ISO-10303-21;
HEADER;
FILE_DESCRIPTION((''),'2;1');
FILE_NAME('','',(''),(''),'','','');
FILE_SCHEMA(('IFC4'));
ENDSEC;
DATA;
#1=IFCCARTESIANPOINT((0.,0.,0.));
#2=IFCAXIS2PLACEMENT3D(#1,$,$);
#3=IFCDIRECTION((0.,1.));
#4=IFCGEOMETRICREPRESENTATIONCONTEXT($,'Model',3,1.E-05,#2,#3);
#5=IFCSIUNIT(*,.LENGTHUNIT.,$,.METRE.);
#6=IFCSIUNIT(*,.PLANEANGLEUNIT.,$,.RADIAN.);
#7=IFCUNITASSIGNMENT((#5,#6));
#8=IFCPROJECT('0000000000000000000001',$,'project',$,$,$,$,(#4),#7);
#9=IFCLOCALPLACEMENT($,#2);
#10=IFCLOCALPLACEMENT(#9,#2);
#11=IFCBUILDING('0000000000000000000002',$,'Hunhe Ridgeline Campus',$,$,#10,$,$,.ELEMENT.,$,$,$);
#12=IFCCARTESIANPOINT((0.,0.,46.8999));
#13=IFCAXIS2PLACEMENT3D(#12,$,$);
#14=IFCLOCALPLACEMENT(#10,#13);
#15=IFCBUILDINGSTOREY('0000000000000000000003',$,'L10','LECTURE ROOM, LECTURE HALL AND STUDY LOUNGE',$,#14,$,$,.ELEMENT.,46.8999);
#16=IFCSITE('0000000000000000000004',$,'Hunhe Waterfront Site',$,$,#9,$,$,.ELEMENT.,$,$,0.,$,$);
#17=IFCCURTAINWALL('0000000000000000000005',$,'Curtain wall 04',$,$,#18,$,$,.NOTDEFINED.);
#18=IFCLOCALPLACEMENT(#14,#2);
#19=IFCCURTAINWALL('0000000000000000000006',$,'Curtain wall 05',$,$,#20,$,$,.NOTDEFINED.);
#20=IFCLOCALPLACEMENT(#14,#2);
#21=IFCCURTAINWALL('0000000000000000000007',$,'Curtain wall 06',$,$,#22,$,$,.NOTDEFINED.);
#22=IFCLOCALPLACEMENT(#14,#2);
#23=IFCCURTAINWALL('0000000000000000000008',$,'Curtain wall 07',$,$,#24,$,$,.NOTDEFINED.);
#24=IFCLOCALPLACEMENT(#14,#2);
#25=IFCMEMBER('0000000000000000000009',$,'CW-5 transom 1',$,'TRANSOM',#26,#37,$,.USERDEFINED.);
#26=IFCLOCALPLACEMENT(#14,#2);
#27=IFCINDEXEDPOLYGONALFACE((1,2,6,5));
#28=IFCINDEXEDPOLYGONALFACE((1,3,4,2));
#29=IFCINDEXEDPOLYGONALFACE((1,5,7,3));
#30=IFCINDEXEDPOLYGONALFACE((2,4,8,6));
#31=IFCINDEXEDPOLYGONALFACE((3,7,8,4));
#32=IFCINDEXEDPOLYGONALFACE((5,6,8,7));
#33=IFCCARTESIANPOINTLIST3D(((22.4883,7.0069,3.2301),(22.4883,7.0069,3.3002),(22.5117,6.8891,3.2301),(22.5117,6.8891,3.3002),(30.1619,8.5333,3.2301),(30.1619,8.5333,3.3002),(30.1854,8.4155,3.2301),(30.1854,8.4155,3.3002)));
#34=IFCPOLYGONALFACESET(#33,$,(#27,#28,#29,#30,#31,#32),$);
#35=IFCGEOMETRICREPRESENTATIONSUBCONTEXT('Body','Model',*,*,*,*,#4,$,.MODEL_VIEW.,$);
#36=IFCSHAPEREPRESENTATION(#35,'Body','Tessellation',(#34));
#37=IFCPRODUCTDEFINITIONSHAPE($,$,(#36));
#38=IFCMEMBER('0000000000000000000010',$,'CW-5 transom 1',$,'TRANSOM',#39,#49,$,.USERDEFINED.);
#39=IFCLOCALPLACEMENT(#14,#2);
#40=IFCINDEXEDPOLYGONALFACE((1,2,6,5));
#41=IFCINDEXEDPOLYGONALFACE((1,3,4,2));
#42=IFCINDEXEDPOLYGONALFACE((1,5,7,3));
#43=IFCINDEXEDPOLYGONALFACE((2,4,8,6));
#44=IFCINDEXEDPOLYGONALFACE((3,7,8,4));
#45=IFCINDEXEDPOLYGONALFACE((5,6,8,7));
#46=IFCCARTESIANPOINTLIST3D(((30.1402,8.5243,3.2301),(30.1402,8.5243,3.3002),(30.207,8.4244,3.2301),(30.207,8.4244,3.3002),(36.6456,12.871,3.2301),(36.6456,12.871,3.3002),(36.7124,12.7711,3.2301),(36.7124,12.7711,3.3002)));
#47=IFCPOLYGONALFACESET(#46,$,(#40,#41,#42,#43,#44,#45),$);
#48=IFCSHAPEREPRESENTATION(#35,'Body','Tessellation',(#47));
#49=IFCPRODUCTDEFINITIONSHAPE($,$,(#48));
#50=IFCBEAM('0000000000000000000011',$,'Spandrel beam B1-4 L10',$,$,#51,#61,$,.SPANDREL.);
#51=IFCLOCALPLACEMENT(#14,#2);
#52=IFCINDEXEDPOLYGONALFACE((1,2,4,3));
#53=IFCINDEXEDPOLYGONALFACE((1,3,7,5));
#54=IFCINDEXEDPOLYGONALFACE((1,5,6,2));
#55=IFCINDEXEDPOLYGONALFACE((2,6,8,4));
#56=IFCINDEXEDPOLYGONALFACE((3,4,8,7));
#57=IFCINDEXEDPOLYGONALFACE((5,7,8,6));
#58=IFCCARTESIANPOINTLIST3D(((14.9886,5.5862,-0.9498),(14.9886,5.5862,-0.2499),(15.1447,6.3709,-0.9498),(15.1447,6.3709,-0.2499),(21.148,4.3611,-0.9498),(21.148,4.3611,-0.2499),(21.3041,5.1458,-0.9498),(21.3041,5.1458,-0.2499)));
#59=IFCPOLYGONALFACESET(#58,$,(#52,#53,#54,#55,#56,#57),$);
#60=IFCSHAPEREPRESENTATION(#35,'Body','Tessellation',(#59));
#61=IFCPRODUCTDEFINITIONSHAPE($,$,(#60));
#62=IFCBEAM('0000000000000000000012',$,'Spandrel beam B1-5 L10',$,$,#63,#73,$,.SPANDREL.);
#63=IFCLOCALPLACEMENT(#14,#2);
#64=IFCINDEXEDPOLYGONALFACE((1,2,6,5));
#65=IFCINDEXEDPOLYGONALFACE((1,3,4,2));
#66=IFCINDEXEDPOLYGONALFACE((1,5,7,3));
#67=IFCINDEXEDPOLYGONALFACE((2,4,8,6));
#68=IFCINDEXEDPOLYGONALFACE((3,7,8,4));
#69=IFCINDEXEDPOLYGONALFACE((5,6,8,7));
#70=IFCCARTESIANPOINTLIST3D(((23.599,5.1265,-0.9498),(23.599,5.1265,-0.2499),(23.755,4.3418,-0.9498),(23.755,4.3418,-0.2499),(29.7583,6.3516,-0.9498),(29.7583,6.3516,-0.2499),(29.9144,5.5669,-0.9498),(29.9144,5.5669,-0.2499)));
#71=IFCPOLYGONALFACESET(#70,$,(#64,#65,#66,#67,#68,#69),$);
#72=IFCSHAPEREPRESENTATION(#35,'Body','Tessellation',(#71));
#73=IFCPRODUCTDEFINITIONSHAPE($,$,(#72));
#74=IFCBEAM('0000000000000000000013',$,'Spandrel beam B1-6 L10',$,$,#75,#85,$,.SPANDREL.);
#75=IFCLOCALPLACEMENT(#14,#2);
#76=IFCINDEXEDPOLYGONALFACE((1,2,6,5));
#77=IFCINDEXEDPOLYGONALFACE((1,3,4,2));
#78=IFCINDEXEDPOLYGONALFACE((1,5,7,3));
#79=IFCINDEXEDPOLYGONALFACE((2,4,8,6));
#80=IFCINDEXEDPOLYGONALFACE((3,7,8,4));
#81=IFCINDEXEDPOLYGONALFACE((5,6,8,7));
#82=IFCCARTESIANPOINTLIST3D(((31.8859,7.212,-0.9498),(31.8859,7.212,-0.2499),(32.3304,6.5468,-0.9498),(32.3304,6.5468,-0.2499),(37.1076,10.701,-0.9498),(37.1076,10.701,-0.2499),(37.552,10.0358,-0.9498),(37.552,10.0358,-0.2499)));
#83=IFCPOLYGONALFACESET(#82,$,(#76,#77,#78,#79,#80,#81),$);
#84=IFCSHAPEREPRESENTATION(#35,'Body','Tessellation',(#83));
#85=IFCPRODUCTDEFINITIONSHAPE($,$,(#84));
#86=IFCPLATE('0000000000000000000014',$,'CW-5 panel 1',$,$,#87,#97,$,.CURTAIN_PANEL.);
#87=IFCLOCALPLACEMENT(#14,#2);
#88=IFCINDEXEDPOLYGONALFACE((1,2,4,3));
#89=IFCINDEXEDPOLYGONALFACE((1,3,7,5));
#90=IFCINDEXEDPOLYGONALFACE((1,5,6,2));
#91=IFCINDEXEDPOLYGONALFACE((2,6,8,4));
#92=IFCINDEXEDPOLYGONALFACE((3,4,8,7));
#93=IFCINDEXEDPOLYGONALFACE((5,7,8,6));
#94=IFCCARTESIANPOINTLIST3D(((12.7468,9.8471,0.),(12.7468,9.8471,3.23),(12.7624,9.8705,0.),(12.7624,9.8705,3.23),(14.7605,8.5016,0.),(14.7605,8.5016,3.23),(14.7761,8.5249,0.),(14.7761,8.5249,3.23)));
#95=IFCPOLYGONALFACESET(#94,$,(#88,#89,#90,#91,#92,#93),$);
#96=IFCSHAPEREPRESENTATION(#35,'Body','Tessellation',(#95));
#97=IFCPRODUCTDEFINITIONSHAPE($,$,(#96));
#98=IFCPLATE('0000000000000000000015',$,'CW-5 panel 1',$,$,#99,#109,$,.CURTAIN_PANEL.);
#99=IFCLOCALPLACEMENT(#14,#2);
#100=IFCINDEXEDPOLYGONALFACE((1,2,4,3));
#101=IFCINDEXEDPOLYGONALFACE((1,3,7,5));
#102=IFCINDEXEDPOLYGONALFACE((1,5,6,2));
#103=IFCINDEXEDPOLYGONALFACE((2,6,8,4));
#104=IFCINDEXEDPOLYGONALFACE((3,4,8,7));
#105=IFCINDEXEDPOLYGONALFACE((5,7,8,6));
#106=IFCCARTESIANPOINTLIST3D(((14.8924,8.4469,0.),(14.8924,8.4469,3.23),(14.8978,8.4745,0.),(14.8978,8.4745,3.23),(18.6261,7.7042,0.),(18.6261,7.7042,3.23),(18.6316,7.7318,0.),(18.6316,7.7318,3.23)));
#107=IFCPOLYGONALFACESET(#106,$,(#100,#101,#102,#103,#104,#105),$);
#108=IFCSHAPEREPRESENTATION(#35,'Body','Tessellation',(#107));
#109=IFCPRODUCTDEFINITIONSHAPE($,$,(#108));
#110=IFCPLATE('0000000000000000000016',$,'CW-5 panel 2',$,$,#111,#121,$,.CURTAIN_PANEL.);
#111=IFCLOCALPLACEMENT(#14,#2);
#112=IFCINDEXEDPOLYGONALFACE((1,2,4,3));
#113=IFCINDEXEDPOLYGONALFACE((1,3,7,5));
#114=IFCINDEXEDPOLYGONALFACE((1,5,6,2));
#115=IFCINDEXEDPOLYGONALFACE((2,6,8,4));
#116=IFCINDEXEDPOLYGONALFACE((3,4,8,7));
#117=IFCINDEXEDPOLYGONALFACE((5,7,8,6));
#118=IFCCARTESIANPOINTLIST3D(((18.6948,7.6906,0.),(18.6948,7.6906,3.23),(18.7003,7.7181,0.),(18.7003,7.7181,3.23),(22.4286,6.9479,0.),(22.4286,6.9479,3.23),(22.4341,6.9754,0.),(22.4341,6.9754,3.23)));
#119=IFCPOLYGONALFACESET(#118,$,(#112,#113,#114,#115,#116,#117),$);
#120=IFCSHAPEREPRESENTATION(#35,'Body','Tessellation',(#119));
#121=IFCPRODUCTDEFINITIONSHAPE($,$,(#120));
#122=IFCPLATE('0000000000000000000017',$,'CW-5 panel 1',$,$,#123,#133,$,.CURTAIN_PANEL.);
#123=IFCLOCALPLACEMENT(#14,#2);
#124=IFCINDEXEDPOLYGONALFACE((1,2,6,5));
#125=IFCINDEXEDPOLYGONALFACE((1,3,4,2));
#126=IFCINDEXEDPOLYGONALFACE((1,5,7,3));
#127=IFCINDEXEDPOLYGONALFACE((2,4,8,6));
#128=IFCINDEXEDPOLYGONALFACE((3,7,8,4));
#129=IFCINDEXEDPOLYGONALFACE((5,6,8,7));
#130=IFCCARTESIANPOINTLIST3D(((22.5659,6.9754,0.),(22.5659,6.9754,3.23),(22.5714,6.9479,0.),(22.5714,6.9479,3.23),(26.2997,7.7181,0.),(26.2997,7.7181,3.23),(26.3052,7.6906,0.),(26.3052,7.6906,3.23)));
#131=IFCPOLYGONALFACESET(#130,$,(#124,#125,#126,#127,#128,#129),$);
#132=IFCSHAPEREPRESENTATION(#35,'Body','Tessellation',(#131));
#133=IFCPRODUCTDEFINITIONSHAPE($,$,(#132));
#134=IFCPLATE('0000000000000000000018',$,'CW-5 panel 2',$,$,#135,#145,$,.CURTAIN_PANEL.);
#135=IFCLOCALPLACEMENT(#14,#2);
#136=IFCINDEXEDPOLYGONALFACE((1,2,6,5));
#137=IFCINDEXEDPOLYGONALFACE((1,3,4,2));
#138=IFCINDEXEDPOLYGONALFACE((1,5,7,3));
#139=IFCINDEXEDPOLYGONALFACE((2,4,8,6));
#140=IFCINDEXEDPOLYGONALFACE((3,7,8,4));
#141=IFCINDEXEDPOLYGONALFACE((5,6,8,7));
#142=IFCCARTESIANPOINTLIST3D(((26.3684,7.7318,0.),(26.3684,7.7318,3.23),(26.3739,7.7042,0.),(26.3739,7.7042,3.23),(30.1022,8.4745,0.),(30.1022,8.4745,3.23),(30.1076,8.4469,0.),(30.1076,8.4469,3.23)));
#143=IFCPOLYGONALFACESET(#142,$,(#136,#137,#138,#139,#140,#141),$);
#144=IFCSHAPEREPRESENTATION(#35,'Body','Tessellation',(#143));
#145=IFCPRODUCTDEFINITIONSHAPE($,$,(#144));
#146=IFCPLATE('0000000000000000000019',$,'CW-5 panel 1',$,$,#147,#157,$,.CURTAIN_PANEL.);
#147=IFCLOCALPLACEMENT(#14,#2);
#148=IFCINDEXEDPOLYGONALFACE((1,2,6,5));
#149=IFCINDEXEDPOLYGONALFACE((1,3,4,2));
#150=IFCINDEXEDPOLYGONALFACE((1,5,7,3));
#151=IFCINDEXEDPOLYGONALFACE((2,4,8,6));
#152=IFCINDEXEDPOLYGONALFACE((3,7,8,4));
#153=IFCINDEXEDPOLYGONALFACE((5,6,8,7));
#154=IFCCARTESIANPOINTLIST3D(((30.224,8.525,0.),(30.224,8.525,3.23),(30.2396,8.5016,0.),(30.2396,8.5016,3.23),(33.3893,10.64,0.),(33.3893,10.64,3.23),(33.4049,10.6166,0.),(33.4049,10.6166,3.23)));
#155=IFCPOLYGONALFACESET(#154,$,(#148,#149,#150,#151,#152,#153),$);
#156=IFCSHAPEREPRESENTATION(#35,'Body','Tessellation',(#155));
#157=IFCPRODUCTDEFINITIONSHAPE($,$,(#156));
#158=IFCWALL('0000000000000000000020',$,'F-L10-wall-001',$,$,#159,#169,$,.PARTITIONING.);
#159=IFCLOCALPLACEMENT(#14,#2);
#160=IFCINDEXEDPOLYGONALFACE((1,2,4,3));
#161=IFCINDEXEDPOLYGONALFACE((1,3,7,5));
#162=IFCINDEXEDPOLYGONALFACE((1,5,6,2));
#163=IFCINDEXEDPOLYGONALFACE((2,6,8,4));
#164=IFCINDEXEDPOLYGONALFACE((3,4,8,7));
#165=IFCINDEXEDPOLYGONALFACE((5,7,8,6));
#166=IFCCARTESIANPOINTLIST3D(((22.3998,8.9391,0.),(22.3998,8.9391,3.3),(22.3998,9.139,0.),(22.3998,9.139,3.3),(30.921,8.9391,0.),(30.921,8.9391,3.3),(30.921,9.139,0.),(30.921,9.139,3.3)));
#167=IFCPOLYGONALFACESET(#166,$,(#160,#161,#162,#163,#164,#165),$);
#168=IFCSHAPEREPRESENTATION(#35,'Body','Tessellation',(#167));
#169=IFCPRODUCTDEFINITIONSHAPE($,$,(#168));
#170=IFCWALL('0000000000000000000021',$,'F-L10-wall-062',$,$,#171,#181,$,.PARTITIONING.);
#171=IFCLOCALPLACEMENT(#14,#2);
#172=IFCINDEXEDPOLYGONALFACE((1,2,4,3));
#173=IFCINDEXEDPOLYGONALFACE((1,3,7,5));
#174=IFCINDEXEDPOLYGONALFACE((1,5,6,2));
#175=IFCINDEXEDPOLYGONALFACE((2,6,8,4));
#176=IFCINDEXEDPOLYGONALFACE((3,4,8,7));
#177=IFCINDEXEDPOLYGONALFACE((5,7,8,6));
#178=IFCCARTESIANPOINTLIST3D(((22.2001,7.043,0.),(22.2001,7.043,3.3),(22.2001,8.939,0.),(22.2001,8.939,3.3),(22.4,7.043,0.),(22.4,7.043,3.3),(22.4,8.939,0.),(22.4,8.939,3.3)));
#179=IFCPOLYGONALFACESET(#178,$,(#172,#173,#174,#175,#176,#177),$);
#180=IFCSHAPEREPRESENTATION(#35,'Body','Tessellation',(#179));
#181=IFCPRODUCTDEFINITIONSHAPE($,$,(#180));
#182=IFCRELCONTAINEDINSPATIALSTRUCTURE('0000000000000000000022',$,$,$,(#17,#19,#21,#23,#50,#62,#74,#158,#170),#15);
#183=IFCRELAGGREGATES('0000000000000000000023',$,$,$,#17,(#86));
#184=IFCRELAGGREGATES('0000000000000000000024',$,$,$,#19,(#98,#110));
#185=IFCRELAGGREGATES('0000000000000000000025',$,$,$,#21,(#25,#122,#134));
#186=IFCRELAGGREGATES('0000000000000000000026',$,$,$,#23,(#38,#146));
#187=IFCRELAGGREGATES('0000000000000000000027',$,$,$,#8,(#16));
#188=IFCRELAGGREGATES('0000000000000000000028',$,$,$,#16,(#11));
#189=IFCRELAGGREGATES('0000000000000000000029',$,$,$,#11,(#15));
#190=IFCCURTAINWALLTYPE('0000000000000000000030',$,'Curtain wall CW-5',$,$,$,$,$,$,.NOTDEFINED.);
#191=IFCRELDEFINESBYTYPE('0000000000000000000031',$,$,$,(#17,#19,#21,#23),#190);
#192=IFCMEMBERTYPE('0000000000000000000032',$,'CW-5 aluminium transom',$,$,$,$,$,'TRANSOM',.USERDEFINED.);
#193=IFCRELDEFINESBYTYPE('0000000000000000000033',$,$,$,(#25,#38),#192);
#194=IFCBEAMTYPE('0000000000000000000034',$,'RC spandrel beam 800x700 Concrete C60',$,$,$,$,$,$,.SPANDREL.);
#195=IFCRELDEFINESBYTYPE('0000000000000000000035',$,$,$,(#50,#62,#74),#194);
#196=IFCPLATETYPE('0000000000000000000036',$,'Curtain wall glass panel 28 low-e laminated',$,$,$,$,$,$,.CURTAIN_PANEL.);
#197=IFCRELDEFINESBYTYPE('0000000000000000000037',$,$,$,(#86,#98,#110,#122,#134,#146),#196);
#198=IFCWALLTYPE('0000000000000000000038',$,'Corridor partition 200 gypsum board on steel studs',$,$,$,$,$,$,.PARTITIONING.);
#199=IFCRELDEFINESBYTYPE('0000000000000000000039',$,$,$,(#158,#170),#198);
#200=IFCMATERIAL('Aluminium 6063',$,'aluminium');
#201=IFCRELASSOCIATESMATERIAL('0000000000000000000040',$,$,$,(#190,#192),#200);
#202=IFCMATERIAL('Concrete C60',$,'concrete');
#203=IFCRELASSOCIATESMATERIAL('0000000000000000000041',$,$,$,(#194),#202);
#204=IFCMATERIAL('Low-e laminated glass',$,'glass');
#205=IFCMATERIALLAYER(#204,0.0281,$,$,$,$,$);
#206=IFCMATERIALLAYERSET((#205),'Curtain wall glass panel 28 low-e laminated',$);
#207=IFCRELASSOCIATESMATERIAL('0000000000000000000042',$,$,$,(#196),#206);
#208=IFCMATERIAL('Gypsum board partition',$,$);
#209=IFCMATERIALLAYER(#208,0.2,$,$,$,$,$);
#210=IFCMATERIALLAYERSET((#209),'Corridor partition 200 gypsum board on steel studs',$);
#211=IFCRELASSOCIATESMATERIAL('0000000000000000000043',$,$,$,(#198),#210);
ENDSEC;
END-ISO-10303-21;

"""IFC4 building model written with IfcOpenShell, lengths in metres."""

from ifc_helpers import new_model, si_unit, direction, frame, frame_2d, origin, origin_2d, place, context, subcontext, project, spatial, rectangle, extrude, material, layer, layer_set, material_profile, profile_set, type_object, element, aggregate, save


model = new_model("IFC4")

# Units and contexts
model_context = context("Model", 3, precision=1e-05, world=origin(), true_north=direction((0.0, 1.0)))
body_context = subcontext(model_context, "Body", "Model", "MODEL_VIEW")
ifc_project = project(units=[si_unit("LENGTHUNIT", "METRE"), si_unit("PLANEANGLEUNIT", "RADIAN")], contexts=[model_context])

# Site, building, storey
site_placement = place(None, origin())
site = spatial("IfcSite", under=ifc_project, at=site_placement, Name="Hunhe Waterfront Site", CompositionType="ELEMENT", RefElevation=0.0)
building_placement = place(site_placement, origin())
building = spatial("IfcBuilding", under=site, at=building_placement, Name="Hunhe Ridgeline Campus", CompositionType="ELEMENT")
storey_placement = place(building_placement, frame((0.0, 0.0, 46.8999)))
storey = spatial("IfcBuildingStorey", under=building, at=storey_placement, Name="L10", Description="LECTURE ROOM, LECTURE HALL AND STUDY LOUNGE", CompositionType="ELEMENT", Elevation=46.8999)

# Curtain walls
ifc_material_1 = material(Name="Aluminium 6063", Category="aluminium")
curtain_wall_type = type_object("IfcCurtainWallType", Name="Curtain wall CW-5", PredefinedType="NOTDEFINED", material=ifc_material_1)
curtain_wall_1_placement = place(storey_placement, origin())
curtain_wall_1 = element("IfcCurtainWall", 1, at=curtain_wall_1_placement, inside=storey, type_object=curtain_wall_type, Name="Curtain wall 04", PredefinedType="NOTDEFINED")
curtain_wall_2_placement = place(storey_placement, origin())
curtain_wall_2 = element("IfcCurtainWall", 2, at=curtain_wall_2_placement, inside=storey, type_object=curtain_wall_type, Name="Curtain wall 05", PredefinedType="NOTDEFINED")
curtain_wall_3_placement = place(storey_placement, origin())
curtain_wall_3 = element("IfcCurtainWall", 3, at=curtain_wall_3_placement, inside=storey, type_object=curtain_wall_type, Name="Curtain wall 06", PredefinedType="NOTDEFINED")
curtain_wall_4_placement = place(storey_placement, origin())
curtain_wall_4 = element("IfcCurtainWall", 4, at=curtain_wall_4_placement, inside=storey, type_object=curtain_wall_type, Name="Curtain wall 07", PredefinedType="NOTDEFINED")

# Members
ifc_material_profile_1 = material_profile(ifc_material_1, rectangle(XDim=0.1201, YDim=0.0701, at=origin_2d()))
ifc_profile_set_1 = profile_set([ifc_material_profile_1], Name="Aluminium 6063")
member_type_1 = type_object("IfcMemberType", Name="CW-5 aluminium transom", ElementType="TRANSOM", PredefinedType="USERDEFINED", material=ifc_profile_set_1)
member_1_placement = place(storey_placement, frame((22.5, 6.948, 3.2651), z_axis=(0.980785, 0.19509, 0.0), x_axis=(-0.19509, 0.980785, 0.0)))
member_1 = element("IfcMember", 5, at=member_1_placement, type_object=member_type_1, Name="CW-5 transom 1", ObjectType="TRANSOM", PredefinedType="USERDEFINED", context=body_context, shape_type="SweptSolid", body=[
    extrude(rectangle(XDim=0.1201, YDim=0.0701, at=origin_2d()), origin(), (0.0, 0.0, 1.0), 7.824),
])
member_2_placement = place(storey_placement, frame((30.1736, 8.4744, 3.2651), z_axis=(0.831474, 0.555564, 0.0), x_axis=(-0.555564, 0.831474, 0.0)))
member_2 = element("IfcMember", 6, at=member_2_placement, type_object=member_type_1, Name="CW-5 transom 1", ObjectType="TRANSOM", PredefinedType="USERDEFINED", context=body_context, shape_type="SweptSolid", body=[
    extrude(rectangle(XDim=0.1201, YDim=0.0701, at=origin_2d()), origin(), (0.0, 0.0, 1.0), 7.824),
])

# Beams
ifc_material_2 = material(Name="Concrete C60", Category="concrete")
ifc_material_profile_2 = material_profile(ifc_material_2, rectangle(XDim=0.8, YDim=0.7, at=origin_2d()))
ifc_profile_set_2 = profile_set([ifc_material_profile_2], Name="Concrete C60")
beam_type = type_object("IfcBeamType", Name="RC spandrel beam 800x700 Concrete C60", PredefinedType="SPANDREL", material=ifc_profile_set_2)
for number, where, z_axis, x_axis, name in (
    (7, (15.0667, 5.9785, -0.5999), (0.980788, -0.195077, 0.0), (0.195077, 0.980788, 0.0), "Spandrel beam B1-4 L10"),
    (8, (23.677, 4.7341, -0.5999), (0.980788, 0.195077, 0.0), (-0.195077, 0.980788, 0.0), "Spandrel beam B1-5 L10"),
    (9, (32.1082, 6.8794, -0.5999), (0.83147, 0.55557, 0.0), (-0.55557, 0.83147, 0.0), "Spandrel beam B1-6 L10"),
):
    element("IfcBeam", number, at=place(storey_placement, frame(where, z_axis=z_axis, x_axis=x_axis)), inside=storey, type_object=beam_type, Name=name, PredefinedType="SPANDREL", context=body_context, shape_type="SweptSolid", body=[
        extrude(rectangle(XDim=0.8, YDim=0.7, at=origin_2d()), origin(), (0.0, 0.0, 1.0), 6.28),
    ])

# Plates
ifc_material_3 = material(Name="Low-e laminated glass", Category="glass")
ifc_layer_1 = layer(ifc_material_3, 0.0281)
ifc_layer_set_1 = layer_set([ifc_layer_1], Name="Curtain wall glass panel 28 low-e laminated")
plate_type = type_object("IfcPlateType", Name="Curtain wall glass panel 28 low-e laminated", PredefinedType="CURTAIN_PANEL", material=ifc_layer_set_1)
plate_1_placement = place(storey_placement, frame((13.7615, 9.186, 0.0), z_axis=(0.0, 0.0, 1.0), x_axis=(0.83147, -0.55557, 0.0)))
plate_1 = element("IfcPlate", 10, at=plate_1_placement, type_object=plate_type, Name="CW-5 panel 1", PredefinedType="CURTAIN_PANEL", context=body_context, shape_type="SweptSolid", body=[
    extrude(rectangle(XDim=2.4219, YDim=0.0281, at=origin_2d()), origin(), (0.0, 0.0, 1.0), 3.23),
])
aggregate(curtain_wall_1, [plate_1])
plate_2_placement = place(storey_placement, frame((16.762, 8.0894, 0.0), z_axis=(0.0, 0.0, 1.0), x_axis=(0.980785, -0.19509, 0.0)))
plate_2 = element("IfcPlate", 11, at=plate_2_placement, type_object=plate_type, Name="CW-5 panel 1", PredefinedType="CURTAIN_PANEL", context=body_context, shape_type="SweptSolid", body=[
    extrude(rectangle(XDim=3.8069, YDim=0.0281, at=origin_2d()), origin(), (0.0, 0.0, 1.0), 3.23),
])
plate_3_placement = place(storey_placement, frame((20.5645, 7.333, 0.0), z_axis=(0.0, 0.0, 1.0), x_axis=(0.980785, -0.19509, 0.0)))
plate_3 = element("IfcPlate", 12, at=plate_3_placement, type_object=plate_type, Name="CW-5 panel 2", PredefinedType="CURTAIN_PANEL", context=body_context, shape_type="SweptSolid", body=[
    extrude(rectangle(XDim=3.8069, YDim=0.0281, at=origin_2d()), origin(), (0.0, 0.0, 1.0), 3.23),
])
aggregate(curtain_wall_2, [plate_2, plate_3])
plate_4_placement = place(storey_placement, frame((24.4355, 7.333, 0.0), z_axis=(0.0, 0.0, 1.0), x_axis=(0.980785, 0.19509, 0.0)))
plate_4 = element("IfcPlate", 13, at=plate_4_placement, type_object=plate_type, Name="CW-5 panel 1", PredefinedType="CURTAIN_PANEL", context=body_context, shape_type="SweptSolid", body=[
    extrude(rectangle(XDim=3.8069, YDim=0.0281, at=origin_2d()), origin(), (0.0, 0.0, 1.0), 3.23),
])
plate_5_placement = place(storey_placement, frame((28.238, 8.0894, 0.0), z_axis=(0.0, 0.0, 1.0), x_axis=(0.980785, 0.19509, 0.0)))
plate_5 = element("IfcPlate", 14, at=plate_5_placement, type_object=plate_type, Name="CW-5 panel 2", PredefinedType="CURTAIN_PANEL", context=body_context, shape_type="SweptSolid", body=[
    extrude(rectangle(XDim=3.8069, YDim=0.0281, at=origin_2d()), origin(), (0.0, 0.0, 1.0), 3.23),
])
aggregate(curtain_wall_3, [member_1, plate_4, plate_5])
plate_6_placement = place(storey_placement, frame((31.8145, 9.5708, 0.0), z_axis=(0.0, 0.0, 1.0), x_axis=(0.83147, 0.55557, 0.0)))
plate_6 = element("IfcPlate", 15, at=plate_6_placement, type_object=plate_type, Name="CW-5 panel 1", PredefinedType="CURTAIN_PANEL", context=body_context, shape_type="SweptSolid", body=[
    extrude(rectangle(XDim=3.8069, YDim=0.0281, at=origin_2d()), origin(), (0.0, 0.0, 1.0), 3.23),
])
aggregate(curtain_wall_4, [member_2, plate_6])

# Wall
ifc_material_4 = material(Name="Gypsum board partition")
ifc_layer_2 = layer(ifc_material_4, 0.2)
ifc_layer_set_2 = layer_set([ifc_layer_2], Name="Corridor partition 200 gypsum board on steel studs")
wall_type = type_object("IfcWallType", Name="Corridor partition 200 gypsum board on steel studs", PredefinedType="PARTITIONING", material=ifc_layer_set_2)
wall_1_placement = place(storey_placement, frame((30.9211, 9.0391, 0.0), z_axis=(0.0, 0.0, 1.0), x_axis=(-1.0, 0.0, 0.0)))
element("IfcWall", 16, at=wall_1_placement, inside=storey, type_object=wall_type, Name="F-L10-wall-001", PredefinedType="PARTITIONING", context=body_context, shape_type="SweptSolid", body=[
    extrude(rectangle(XDim=8.5212, YDim=0.2, at=frame_2d((4.2607, 0.0))), origin(), (0.0, 0.0, 1.0), 3.3),
])

# Wall
wall_2_placement = place(storey_placement, frame((22.3, 8.939, 0.0), z_axis=(0.0, 0.0, 1.0), x_axis=(0.0, -1.0, 0.0)))
element("IfcWall", 17, at=wall_2_placement, inside=storey, type_object=wall_type, Name="F-L10-wall-062", PredefinedType="PARTITIONING", context=body_context, shape_type="SweptSolid", body=[
    extrude(rectangle(XDim=1.896, YDim=0.2, at=frame_2d((0.948, 0.0))), origin(), (0.0, 0.0, 1.0), 3.3),
])

save(model, "model.ifc")
